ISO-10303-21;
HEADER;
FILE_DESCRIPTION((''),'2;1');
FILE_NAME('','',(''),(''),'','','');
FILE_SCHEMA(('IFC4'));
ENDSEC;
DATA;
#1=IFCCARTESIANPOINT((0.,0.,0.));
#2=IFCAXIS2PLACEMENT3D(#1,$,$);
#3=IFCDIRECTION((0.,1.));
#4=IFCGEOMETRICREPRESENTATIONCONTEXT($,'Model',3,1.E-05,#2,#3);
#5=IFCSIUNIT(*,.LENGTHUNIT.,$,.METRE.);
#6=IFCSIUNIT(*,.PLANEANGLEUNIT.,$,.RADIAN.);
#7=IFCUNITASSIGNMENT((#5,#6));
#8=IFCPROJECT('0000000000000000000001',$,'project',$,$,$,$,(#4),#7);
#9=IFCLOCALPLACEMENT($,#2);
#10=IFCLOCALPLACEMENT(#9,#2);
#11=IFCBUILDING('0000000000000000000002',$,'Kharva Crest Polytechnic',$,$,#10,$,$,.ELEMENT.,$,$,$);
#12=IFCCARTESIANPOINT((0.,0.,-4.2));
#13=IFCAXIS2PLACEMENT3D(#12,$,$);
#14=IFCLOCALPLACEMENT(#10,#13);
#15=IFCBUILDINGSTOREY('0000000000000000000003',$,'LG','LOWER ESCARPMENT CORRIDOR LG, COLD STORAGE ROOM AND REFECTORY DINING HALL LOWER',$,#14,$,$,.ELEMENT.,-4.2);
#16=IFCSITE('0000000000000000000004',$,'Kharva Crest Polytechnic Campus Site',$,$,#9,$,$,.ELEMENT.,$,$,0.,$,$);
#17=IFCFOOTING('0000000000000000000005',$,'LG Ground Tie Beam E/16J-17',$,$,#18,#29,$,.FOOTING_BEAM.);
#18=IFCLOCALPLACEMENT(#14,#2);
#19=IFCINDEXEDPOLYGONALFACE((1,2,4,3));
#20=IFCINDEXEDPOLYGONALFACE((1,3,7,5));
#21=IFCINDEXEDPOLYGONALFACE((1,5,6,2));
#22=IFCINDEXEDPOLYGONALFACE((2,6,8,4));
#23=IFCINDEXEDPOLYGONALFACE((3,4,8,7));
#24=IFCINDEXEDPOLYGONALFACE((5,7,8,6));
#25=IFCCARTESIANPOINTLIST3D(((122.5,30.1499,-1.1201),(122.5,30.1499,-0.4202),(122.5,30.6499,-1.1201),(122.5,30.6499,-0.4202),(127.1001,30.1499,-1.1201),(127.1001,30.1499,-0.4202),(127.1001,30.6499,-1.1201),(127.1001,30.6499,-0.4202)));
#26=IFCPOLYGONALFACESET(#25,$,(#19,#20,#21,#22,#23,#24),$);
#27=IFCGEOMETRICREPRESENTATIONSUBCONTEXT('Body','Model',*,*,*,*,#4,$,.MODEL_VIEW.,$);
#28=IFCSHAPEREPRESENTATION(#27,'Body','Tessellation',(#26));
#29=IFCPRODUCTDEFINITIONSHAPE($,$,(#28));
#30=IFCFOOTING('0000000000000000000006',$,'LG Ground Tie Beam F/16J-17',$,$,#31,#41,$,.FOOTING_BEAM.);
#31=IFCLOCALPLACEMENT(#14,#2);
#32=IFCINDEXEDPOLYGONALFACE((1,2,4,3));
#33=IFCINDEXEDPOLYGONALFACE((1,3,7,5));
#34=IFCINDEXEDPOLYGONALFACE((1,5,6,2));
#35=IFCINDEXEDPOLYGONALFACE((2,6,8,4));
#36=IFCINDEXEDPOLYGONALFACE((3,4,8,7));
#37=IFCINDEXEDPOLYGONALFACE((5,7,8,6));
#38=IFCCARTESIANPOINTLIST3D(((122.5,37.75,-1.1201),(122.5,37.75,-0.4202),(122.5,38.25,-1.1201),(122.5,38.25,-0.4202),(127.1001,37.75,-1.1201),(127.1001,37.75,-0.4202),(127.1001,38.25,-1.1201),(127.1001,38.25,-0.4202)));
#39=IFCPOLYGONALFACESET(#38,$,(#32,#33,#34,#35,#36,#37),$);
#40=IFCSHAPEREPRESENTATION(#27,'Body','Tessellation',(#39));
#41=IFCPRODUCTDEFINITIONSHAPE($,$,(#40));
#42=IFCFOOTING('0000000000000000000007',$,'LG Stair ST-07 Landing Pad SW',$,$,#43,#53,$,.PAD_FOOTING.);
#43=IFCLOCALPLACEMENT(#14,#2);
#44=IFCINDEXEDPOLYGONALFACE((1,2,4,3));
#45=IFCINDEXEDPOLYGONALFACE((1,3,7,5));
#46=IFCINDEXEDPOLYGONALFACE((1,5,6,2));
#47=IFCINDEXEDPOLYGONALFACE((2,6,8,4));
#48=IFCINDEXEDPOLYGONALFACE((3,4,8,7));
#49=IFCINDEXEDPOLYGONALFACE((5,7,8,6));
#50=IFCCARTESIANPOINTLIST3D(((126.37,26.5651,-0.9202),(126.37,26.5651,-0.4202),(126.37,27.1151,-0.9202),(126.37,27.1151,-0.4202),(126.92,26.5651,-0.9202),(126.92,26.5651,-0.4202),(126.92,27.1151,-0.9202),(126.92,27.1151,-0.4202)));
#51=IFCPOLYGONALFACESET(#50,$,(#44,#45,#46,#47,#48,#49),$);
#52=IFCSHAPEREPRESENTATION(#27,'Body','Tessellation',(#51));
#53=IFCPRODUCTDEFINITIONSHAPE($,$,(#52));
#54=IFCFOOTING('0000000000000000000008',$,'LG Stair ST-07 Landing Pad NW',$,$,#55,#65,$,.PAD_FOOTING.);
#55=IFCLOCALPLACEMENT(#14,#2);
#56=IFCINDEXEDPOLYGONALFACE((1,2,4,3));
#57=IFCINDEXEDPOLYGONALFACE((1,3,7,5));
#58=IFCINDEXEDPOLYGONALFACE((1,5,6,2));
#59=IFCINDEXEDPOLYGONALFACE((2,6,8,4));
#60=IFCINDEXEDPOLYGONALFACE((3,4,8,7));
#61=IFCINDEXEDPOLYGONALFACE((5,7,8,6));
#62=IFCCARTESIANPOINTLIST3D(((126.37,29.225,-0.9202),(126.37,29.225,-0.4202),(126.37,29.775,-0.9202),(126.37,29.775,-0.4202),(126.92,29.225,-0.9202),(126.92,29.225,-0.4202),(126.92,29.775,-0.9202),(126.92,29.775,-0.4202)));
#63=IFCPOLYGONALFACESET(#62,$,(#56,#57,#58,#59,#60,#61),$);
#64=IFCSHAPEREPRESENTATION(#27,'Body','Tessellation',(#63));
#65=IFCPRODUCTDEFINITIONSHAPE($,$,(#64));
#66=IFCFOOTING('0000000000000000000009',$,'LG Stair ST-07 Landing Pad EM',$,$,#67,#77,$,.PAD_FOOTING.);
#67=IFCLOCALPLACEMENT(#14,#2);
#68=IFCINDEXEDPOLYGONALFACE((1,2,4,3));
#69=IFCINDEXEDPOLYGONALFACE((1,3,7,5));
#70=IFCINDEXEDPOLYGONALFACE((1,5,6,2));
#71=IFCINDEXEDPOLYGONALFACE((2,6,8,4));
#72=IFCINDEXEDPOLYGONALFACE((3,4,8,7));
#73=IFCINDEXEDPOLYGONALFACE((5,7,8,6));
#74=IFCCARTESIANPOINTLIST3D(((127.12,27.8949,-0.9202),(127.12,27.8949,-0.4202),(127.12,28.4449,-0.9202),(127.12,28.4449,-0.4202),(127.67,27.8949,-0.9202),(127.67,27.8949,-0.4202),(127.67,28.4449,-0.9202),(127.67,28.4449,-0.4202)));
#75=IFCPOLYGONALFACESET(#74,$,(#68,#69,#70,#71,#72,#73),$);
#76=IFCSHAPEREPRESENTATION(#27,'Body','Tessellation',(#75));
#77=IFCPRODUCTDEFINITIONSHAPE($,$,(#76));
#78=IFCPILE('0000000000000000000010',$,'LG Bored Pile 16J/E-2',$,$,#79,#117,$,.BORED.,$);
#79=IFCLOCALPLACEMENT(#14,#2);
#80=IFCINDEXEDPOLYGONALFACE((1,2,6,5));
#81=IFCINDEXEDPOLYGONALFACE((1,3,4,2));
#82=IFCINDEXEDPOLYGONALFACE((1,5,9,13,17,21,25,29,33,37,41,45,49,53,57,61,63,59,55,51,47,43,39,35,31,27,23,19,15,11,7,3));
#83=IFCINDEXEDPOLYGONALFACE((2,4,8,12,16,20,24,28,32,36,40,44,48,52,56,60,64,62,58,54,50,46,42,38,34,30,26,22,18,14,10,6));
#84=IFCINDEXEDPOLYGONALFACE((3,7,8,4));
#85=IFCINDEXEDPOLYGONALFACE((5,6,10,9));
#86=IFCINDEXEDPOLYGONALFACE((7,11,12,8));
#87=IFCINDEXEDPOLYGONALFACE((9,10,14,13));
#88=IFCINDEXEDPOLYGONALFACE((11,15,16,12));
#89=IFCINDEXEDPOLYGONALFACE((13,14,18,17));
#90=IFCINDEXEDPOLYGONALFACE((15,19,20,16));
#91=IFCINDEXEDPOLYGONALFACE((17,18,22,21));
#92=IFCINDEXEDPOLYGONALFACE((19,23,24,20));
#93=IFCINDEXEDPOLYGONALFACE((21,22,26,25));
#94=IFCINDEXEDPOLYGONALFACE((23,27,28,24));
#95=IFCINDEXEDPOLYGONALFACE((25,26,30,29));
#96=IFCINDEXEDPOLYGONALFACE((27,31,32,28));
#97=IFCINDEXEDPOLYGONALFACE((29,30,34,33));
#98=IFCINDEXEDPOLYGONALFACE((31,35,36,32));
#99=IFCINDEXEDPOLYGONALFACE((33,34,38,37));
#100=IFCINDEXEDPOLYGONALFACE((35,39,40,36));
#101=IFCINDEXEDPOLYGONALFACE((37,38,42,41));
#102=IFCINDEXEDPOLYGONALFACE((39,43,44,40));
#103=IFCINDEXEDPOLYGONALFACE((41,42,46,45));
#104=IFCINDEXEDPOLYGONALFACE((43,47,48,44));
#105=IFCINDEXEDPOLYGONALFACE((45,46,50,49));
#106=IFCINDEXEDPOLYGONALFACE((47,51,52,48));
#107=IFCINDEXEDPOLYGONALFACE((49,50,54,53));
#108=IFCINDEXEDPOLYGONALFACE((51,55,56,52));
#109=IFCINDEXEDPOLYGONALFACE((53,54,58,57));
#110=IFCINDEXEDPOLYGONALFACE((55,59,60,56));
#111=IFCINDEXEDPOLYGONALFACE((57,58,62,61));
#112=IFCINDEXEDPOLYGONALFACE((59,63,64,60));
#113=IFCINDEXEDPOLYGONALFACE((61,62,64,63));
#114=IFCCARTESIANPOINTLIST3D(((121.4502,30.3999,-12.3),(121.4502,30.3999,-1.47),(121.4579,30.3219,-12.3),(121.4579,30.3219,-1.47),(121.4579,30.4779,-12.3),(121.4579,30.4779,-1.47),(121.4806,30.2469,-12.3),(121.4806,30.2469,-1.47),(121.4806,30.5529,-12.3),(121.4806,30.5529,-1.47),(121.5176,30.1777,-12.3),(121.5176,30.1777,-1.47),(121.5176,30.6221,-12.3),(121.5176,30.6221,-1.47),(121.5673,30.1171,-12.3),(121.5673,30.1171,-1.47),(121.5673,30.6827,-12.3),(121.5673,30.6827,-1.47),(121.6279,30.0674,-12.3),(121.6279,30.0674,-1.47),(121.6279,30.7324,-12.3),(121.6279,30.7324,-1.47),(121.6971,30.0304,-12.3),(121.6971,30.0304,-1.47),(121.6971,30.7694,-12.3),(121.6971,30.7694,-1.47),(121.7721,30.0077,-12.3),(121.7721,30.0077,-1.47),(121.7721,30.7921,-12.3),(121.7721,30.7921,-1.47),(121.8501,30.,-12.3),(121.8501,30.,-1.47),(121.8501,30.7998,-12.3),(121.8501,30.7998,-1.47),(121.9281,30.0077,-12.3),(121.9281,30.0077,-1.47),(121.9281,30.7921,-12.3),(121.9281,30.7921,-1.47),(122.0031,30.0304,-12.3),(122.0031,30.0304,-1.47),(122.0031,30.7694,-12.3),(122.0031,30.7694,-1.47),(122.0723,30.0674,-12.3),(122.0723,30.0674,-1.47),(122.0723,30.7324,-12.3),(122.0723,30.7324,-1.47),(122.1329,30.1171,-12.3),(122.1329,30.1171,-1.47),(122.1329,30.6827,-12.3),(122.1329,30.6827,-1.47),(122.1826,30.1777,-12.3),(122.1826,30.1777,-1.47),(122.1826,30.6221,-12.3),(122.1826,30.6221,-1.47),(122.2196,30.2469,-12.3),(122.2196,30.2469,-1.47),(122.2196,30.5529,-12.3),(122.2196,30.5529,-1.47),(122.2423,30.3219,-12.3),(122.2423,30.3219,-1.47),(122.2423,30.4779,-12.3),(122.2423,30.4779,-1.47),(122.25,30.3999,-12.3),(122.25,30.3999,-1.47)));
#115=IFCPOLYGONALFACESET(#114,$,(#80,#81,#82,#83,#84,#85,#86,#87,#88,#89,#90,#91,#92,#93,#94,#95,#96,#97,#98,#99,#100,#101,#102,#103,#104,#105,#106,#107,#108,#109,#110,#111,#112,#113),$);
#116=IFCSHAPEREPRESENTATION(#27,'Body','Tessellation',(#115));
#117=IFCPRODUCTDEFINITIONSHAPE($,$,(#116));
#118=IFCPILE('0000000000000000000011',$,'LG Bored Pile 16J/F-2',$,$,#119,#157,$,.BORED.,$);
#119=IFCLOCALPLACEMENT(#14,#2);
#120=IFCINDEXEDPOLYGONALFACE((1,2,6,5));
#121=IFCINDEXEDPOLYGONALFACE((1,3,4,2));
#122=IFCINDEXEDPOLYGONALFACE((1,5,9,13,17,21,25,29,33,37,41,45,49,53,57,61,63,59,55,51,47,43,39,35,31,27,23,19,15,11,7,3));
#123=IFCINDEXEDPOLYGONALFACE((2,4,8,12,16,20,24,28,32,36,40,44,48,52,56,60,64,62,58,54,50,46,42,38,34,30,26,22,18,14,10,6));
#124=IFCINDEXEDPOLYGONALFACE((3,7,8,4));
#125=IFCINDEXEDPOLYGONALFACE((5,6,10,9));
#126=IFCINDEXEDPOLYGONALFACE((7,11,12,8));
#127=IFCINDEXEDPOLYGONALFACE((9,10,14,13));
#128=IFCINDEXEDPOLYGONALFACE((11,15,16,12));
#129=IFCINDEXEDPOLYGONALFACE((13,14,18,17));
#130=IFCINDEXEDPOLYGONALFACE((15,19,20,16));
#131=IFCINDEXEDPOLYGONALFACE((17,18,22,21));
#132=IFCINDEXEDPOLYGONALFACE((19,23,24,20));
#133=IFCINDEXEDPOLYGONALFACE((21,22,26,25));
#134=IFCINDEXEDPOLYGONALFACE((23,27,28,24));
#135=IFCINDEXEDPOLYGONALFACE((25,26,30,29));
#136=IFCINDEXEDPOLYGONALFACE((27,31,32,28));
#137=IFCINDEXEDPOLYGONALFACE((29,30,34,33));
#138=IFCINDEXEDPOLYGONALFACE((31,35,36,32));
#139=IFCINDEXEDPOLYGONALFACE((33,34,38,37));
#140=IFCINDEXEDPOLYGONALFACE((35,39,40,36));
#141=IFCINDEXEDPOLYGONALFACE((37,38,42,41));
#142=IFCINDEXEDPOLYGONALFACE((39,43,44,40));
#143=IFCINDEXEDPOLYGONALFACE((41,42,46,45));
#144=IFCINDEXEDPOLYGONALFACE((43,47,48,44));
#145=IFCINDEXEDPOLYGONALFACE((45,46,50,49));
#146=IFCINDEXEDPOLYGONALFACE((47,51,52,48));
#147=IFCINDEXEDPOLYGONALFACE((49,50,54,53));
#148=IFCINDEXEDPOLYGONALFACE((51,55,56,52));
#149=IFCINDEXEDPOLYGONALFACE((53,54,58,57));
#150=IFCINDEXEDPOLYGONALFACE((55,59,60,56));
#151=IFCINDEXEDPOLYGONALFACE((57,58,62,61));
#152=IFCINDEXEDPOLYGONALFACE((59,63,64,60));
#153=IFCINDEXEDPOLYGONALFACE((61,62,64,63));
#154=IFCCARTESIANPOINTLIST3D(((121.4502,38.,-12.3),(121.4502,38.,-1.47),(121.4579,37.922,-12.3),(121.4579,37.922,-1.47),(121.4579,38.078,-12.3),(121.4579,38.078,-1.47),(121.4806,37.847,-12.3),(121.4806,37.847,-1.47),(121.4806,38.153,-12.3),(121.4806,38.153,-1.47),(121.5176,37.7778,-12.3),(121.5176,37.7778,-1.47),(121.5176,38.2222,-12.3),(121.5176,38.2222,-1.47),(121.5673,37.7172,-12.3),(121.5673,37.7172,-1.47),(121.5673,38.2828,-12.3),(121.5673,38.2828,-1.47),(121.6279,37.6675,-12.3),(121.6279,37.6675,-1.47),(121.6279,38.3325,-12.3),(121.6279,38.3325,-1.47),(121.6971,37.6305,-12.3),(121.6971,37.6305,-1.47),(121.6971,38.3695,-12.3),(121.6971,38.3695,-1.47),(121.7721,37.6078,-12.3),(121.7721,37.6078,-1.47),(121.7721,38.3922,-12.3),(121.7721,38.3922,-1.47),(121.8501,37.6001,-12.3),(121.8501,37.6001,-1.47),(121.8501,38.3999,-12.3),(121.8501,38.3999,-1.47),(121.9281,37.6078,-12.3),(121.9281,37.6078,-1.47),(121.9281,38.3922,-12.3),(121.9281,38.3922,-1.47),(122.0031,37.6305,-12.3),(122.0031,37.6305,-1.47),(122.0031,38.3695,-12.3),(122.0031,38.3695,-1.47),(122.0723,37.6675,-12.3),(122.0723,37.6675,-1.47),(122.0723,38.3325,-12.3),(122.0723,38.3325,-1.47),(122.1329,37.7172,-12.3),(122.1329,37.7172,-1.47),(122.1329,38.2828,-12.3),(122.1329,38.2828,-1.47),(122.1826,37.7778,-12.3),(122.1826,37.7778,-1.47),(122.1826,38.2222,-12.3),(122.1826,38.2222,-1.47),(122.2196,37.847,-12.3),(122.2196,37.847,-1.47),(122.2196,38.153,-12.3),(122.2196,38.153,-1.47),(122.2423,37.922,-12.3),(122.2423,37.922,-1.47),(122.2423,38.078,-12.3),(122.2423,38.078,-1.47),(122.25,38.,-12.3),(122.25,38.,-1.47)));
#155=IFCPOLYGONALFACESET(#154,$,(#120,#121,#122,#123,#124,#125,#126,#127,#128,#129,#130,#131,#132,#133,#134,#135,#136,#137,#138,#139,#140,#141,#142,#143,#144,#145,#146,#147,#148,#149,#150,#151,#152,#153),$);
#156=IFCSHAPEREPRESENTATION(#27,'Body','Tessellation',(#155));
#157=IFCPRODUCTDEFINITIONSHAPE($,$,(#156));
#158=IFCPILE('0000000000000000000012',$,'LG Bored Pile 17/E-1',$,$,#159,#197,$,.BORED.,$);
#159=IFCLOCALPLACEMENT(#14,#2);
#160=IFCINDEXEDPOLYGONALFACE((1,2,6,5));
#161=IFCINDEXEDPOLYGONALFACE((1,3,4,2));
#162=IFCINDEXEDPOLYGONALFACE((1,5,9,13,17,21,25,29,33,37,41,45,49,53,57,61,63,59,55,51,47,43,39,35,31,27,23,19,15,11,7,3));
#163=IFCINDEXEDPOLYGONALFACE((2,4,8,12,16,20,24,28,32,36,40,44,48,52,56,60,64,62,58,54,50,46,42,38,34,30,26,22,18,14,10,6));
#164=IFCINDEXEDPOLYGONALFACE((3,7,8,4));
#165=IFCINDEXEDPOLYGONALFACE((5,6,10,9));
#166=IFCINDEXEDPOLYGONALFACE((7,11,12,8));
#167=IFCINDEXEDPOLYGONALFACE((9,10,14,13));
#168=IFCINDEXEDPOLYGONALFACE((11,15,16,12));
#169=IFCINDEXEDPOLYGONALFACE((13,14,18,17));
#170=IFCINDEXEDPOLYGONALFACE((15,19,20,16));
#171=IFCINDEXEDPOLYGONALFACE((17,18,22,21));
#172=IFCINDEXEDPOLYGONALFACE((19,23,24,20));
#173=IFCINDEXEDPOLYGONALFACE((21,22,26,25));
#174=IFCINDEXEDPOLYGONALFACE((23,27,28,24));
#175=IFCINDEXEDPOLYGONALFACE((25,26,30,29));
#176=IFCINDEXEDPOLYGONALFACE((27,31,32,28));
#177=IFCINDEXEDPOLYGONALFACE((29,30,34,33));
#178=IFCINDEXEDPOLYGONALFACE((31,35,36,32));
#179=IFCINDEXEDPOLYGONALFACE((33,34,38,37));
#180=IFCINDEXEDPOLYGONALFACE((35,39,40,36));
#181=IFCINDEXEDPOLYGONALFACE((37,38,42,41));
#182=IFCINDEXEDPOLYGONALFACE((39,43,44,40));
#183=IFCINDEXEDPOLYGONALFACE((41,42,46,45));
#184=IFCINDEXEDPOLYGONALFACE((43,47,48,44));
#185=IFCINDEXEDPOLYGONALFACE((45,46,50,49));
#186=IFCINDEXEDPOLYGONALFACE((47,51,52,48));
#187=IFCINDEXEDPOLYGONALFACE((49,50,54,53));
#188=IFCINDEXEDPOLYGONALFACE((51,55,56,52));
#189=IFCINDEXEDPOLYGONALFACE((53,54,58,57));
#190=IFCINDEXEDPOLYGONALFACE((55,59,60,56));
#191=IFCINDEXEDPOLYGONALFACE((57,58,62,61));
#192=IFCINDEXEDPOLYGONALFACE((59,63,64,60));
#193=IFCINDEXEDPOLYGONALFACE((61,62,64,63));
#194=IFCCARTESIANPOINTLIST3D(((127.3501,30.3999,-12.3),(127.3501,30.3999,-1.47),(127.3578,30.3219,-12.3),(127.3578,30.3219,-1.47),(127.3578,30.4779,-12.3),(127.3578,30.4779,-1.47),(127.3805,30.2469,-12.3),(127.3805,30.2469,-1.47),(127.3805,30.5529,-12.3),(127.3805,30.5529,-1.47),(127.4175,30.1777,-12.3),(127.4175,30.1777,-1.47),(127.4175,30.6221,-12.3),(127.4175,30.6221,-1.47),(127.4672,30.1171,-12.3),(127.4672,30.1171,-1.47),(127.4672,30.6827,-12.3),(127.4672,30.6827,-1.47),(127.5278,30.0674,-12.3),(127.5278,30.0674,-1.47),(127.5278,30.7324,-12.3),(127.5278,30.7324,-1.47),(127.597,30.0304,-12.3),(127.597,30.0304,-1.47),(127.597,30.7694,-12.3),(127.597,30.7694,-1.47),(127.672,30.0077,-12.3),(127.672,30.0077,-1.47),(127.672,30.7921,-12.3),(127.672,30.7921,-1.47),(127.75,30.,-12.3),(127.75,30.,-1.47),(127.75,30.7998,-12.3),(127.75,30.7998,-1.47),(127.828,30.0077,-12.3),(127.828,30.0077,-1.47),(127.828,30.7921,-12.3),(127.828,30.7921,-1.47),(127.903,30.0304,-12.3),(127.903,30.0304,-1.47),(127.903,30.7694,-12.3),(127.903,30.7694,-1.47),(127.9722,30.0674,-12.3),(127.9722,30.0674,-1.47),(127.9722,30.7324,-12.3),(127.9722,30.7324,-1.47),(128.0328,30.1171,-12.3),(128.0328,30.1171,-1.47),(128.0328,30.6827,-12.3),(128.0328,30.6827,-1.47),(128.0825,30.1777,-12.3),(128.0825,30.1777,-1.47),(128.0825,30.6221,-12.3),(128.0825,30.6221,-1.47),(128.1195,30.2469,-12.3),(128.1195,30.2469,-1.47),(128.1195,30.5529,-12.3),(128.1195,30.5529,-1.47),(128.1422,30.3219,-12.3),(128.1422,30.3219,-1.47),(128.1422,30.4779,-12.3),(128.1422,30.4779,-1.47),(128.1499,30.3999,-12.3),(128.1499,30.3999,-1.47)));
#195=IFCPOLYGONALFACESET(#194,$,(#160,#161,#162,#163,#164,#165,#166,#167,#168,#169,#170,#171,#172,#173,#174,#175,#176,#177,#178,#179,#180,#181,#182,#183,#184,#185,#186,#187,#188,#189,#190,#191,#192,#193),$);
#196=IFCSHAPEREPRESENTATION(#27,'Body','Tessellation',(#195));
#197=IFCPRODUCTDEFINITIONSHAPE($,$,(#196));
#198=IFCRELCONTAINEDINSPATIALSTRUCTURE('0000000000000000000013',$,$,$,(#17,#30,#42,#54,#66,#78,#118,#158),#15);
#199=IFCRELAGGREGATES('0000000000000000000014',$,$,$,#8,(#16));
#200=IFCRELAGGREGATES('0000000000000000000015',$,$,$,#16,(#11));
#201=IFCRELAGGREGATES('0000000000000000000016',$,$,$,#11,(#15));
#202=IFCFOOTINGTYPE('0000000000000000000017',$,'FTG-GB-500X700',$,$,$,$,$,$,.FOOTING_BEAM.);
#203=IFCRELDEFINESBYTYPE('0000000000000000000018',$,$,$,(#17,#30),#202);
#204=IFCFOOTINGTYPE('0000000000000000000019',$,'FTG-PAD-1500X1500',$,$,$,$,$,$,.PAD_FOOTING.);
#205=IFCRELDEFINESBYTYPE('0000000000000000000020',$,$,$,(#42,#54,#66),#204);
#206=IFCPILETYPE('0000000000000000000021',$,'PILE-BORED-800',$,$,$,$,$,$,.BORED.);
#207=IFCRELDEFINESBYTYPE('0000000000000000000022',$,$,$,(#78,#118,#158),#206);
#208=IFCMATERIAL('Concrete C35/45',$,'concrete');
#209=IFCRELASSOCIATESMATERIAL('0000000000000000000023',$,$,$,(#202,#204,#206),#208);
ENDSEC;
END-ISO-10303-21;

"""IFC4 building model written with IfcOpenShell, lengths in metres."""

from ifc_helpers import new_model, si_unit, direction, frame, origin, origin_2d, place, context, subcontext, project, spatial, rectangle, circle, extrude, material, material_profile, profile_set, type_object, element, save


model = new_model("IFC4")

# Units and contexts
model_context = context("Model", 3, precision=1e-05, world=origin(), true_north=direction((0.0, 1.0)))
body_context = subcontext(model_context, "Body", "Model", "MODEL_VIEW")
ifc_project = project(units=[si_unit("LENGTHUNIT", "METRE"), si_unit("PLANEANGLEUNIT", "RADIAN")], contexts=[model_context])

# Site, building, storey
site_placement = place(None, origin())
site = spatial("IfcSite", under=ifc_project, at=site_placement, Name="Kharva Crest Polytechnic Campus Site", CompositionType="ELEMENT", RefElevation=0.0)
building_placement = place(site_placement, origin())
building = spatial("IfcBuilding", under=site, at=building_placement, Name="Kharva Crest Polytechnic", CompositionType="ELEMENT")
storey_placement = place(building_placement, frame((0.0, 0.0, -4.2)))
storey = spatial("IfcBuildingStorey", under=building, at=storey_placement, Name="LG", Description="LOWER ESCARPMENT CORRIDOR LG, COLD STORAGE ROOM AND REFECTORY DINING HALL LOWER", CompositionType="ELEMENT", Elevation=-4.2)

# Footings
ifc_material_1 = material(Name="Concrete C35/45", Category="concrete")
footing_type_1 = type_object("IfcFootingType", Name="FTG-GB-500X700", PredefinedType="FOOTING_BEAM", material=ifc_material_1)
for number, where, z_axis, x_axis, name in (
    (1, (124.8, 30.3999, -1.1201), (0.0, 0.0, 1.0), (1.0, 0.0, 0.0), "LG Ground Tie Beam E/16J-17"),
    (2, (124.8, 38.0, -1.1201), (0.0, 0.0, 1.0), (1.0, 0.0, 0.0), "LG Ground Tie Beam F/16J-17"),
):
    element("IfcFooting", number, at=place(storey_placement, frame(where, z_axis=z_axis, x_axis=x_axis)), inside=storey, type_object=footing_type_1, Name=name, PredefinedType="FOOTING_BEAM", context=body_context, shape_type="SweptSolid", body=[
        extrude(rectangle(XDim=4.6001, YDim=0.5, at=origin_2d()), origin(), (0.0, 0.0, 1.0), 0.7),
    ])
footing_type_2 = type_object("IfcFootingType", Name="FTG-PAD-1500X1500", PredefinedType="PAD_FOOTING", material=ifc_material_1)
for number, where, z_axis, x_axis, name in (
    (3, (126.645, 26.8401, -0.9202), (0.0, 0.0, 1.0), (1.0, 0.0, 0.0), "LG Stair ST-07 Landing Pad SW"),
    (4, (126.645, 29.5, -0.9202), (0.0, 0.0, 1.0), (1.0, 0.0, 0.0), "LG Stair ST-07 Landing Pad NW"),
    (5, (127.395, 28.1699, -0.9202), (0.0, 0.0, 1.0), (1.0, 0.0, 0.0), "LG Stair ST-07 Landing Pad EM"),
):
    element("IfcFooting", number, at=place(storey_placement, frame(where, z_axis=z_axis, x_axis=x_axis)), inside=storey, type_object=footing_type_2, Name=name, PredefinedType="PAD_FOOTING", context=body_context, shape_type="SweptSolid", body=[
        extrude(rectangle(XDim=0.55, YDim=0.55, at=origin_2d()), origin(), (0.0, 0.0, 1.0), 0.5),
    ])

# Piles
ifc_material_profile_1 = material_profile(ifc_material_1, circle(Radius=0.3999, at=origin_2d()), Name="DIA 800")
ifc_profile_set_1 = profile_set([ifc_material_profile_1], Name="Concrete C35/45")
pile_type = type_object("IfcPileType", Name="PILE-BORED-800", PredefinedType="BORED", material=ifc_profile_set_1)
for number, where, z_axis, x_axis, name in (
    (6, (121.8501, 30.3999, -1.47), (0.0, 0.0, -1.0), (1.0, 0.0, 0.0), "LG Bored Pile 16J/E-2"),
    (7, (121.8501, 38.0, -1.47), (0.0, 0.0, -1.0), (1.0, 0.0, 0.0), "LG Bored Pile 16J/F-2"),
    (8, (127.75, 30.3999, -1.47), (0.0, 0.0, -1.0), (1.0, 0.0, 0.0), "LG Bored Pile 17/E-1"),
):
    element("IfcPile", number, at=place(storey_placement, frame(where, z_axis=z_axis, x_axis=x_axis)), inside=storey, type_object=pile_type, Name=name, PredefinedType="BORED", context=body_context, shape_type="SweptSolid", body=[
        extrude(circle(Radius=0.3999, at=origin_2d()), origin(), (0.0, 0.0, 1.0), 10.8301),
    ])

save(model, "model.ifc")
